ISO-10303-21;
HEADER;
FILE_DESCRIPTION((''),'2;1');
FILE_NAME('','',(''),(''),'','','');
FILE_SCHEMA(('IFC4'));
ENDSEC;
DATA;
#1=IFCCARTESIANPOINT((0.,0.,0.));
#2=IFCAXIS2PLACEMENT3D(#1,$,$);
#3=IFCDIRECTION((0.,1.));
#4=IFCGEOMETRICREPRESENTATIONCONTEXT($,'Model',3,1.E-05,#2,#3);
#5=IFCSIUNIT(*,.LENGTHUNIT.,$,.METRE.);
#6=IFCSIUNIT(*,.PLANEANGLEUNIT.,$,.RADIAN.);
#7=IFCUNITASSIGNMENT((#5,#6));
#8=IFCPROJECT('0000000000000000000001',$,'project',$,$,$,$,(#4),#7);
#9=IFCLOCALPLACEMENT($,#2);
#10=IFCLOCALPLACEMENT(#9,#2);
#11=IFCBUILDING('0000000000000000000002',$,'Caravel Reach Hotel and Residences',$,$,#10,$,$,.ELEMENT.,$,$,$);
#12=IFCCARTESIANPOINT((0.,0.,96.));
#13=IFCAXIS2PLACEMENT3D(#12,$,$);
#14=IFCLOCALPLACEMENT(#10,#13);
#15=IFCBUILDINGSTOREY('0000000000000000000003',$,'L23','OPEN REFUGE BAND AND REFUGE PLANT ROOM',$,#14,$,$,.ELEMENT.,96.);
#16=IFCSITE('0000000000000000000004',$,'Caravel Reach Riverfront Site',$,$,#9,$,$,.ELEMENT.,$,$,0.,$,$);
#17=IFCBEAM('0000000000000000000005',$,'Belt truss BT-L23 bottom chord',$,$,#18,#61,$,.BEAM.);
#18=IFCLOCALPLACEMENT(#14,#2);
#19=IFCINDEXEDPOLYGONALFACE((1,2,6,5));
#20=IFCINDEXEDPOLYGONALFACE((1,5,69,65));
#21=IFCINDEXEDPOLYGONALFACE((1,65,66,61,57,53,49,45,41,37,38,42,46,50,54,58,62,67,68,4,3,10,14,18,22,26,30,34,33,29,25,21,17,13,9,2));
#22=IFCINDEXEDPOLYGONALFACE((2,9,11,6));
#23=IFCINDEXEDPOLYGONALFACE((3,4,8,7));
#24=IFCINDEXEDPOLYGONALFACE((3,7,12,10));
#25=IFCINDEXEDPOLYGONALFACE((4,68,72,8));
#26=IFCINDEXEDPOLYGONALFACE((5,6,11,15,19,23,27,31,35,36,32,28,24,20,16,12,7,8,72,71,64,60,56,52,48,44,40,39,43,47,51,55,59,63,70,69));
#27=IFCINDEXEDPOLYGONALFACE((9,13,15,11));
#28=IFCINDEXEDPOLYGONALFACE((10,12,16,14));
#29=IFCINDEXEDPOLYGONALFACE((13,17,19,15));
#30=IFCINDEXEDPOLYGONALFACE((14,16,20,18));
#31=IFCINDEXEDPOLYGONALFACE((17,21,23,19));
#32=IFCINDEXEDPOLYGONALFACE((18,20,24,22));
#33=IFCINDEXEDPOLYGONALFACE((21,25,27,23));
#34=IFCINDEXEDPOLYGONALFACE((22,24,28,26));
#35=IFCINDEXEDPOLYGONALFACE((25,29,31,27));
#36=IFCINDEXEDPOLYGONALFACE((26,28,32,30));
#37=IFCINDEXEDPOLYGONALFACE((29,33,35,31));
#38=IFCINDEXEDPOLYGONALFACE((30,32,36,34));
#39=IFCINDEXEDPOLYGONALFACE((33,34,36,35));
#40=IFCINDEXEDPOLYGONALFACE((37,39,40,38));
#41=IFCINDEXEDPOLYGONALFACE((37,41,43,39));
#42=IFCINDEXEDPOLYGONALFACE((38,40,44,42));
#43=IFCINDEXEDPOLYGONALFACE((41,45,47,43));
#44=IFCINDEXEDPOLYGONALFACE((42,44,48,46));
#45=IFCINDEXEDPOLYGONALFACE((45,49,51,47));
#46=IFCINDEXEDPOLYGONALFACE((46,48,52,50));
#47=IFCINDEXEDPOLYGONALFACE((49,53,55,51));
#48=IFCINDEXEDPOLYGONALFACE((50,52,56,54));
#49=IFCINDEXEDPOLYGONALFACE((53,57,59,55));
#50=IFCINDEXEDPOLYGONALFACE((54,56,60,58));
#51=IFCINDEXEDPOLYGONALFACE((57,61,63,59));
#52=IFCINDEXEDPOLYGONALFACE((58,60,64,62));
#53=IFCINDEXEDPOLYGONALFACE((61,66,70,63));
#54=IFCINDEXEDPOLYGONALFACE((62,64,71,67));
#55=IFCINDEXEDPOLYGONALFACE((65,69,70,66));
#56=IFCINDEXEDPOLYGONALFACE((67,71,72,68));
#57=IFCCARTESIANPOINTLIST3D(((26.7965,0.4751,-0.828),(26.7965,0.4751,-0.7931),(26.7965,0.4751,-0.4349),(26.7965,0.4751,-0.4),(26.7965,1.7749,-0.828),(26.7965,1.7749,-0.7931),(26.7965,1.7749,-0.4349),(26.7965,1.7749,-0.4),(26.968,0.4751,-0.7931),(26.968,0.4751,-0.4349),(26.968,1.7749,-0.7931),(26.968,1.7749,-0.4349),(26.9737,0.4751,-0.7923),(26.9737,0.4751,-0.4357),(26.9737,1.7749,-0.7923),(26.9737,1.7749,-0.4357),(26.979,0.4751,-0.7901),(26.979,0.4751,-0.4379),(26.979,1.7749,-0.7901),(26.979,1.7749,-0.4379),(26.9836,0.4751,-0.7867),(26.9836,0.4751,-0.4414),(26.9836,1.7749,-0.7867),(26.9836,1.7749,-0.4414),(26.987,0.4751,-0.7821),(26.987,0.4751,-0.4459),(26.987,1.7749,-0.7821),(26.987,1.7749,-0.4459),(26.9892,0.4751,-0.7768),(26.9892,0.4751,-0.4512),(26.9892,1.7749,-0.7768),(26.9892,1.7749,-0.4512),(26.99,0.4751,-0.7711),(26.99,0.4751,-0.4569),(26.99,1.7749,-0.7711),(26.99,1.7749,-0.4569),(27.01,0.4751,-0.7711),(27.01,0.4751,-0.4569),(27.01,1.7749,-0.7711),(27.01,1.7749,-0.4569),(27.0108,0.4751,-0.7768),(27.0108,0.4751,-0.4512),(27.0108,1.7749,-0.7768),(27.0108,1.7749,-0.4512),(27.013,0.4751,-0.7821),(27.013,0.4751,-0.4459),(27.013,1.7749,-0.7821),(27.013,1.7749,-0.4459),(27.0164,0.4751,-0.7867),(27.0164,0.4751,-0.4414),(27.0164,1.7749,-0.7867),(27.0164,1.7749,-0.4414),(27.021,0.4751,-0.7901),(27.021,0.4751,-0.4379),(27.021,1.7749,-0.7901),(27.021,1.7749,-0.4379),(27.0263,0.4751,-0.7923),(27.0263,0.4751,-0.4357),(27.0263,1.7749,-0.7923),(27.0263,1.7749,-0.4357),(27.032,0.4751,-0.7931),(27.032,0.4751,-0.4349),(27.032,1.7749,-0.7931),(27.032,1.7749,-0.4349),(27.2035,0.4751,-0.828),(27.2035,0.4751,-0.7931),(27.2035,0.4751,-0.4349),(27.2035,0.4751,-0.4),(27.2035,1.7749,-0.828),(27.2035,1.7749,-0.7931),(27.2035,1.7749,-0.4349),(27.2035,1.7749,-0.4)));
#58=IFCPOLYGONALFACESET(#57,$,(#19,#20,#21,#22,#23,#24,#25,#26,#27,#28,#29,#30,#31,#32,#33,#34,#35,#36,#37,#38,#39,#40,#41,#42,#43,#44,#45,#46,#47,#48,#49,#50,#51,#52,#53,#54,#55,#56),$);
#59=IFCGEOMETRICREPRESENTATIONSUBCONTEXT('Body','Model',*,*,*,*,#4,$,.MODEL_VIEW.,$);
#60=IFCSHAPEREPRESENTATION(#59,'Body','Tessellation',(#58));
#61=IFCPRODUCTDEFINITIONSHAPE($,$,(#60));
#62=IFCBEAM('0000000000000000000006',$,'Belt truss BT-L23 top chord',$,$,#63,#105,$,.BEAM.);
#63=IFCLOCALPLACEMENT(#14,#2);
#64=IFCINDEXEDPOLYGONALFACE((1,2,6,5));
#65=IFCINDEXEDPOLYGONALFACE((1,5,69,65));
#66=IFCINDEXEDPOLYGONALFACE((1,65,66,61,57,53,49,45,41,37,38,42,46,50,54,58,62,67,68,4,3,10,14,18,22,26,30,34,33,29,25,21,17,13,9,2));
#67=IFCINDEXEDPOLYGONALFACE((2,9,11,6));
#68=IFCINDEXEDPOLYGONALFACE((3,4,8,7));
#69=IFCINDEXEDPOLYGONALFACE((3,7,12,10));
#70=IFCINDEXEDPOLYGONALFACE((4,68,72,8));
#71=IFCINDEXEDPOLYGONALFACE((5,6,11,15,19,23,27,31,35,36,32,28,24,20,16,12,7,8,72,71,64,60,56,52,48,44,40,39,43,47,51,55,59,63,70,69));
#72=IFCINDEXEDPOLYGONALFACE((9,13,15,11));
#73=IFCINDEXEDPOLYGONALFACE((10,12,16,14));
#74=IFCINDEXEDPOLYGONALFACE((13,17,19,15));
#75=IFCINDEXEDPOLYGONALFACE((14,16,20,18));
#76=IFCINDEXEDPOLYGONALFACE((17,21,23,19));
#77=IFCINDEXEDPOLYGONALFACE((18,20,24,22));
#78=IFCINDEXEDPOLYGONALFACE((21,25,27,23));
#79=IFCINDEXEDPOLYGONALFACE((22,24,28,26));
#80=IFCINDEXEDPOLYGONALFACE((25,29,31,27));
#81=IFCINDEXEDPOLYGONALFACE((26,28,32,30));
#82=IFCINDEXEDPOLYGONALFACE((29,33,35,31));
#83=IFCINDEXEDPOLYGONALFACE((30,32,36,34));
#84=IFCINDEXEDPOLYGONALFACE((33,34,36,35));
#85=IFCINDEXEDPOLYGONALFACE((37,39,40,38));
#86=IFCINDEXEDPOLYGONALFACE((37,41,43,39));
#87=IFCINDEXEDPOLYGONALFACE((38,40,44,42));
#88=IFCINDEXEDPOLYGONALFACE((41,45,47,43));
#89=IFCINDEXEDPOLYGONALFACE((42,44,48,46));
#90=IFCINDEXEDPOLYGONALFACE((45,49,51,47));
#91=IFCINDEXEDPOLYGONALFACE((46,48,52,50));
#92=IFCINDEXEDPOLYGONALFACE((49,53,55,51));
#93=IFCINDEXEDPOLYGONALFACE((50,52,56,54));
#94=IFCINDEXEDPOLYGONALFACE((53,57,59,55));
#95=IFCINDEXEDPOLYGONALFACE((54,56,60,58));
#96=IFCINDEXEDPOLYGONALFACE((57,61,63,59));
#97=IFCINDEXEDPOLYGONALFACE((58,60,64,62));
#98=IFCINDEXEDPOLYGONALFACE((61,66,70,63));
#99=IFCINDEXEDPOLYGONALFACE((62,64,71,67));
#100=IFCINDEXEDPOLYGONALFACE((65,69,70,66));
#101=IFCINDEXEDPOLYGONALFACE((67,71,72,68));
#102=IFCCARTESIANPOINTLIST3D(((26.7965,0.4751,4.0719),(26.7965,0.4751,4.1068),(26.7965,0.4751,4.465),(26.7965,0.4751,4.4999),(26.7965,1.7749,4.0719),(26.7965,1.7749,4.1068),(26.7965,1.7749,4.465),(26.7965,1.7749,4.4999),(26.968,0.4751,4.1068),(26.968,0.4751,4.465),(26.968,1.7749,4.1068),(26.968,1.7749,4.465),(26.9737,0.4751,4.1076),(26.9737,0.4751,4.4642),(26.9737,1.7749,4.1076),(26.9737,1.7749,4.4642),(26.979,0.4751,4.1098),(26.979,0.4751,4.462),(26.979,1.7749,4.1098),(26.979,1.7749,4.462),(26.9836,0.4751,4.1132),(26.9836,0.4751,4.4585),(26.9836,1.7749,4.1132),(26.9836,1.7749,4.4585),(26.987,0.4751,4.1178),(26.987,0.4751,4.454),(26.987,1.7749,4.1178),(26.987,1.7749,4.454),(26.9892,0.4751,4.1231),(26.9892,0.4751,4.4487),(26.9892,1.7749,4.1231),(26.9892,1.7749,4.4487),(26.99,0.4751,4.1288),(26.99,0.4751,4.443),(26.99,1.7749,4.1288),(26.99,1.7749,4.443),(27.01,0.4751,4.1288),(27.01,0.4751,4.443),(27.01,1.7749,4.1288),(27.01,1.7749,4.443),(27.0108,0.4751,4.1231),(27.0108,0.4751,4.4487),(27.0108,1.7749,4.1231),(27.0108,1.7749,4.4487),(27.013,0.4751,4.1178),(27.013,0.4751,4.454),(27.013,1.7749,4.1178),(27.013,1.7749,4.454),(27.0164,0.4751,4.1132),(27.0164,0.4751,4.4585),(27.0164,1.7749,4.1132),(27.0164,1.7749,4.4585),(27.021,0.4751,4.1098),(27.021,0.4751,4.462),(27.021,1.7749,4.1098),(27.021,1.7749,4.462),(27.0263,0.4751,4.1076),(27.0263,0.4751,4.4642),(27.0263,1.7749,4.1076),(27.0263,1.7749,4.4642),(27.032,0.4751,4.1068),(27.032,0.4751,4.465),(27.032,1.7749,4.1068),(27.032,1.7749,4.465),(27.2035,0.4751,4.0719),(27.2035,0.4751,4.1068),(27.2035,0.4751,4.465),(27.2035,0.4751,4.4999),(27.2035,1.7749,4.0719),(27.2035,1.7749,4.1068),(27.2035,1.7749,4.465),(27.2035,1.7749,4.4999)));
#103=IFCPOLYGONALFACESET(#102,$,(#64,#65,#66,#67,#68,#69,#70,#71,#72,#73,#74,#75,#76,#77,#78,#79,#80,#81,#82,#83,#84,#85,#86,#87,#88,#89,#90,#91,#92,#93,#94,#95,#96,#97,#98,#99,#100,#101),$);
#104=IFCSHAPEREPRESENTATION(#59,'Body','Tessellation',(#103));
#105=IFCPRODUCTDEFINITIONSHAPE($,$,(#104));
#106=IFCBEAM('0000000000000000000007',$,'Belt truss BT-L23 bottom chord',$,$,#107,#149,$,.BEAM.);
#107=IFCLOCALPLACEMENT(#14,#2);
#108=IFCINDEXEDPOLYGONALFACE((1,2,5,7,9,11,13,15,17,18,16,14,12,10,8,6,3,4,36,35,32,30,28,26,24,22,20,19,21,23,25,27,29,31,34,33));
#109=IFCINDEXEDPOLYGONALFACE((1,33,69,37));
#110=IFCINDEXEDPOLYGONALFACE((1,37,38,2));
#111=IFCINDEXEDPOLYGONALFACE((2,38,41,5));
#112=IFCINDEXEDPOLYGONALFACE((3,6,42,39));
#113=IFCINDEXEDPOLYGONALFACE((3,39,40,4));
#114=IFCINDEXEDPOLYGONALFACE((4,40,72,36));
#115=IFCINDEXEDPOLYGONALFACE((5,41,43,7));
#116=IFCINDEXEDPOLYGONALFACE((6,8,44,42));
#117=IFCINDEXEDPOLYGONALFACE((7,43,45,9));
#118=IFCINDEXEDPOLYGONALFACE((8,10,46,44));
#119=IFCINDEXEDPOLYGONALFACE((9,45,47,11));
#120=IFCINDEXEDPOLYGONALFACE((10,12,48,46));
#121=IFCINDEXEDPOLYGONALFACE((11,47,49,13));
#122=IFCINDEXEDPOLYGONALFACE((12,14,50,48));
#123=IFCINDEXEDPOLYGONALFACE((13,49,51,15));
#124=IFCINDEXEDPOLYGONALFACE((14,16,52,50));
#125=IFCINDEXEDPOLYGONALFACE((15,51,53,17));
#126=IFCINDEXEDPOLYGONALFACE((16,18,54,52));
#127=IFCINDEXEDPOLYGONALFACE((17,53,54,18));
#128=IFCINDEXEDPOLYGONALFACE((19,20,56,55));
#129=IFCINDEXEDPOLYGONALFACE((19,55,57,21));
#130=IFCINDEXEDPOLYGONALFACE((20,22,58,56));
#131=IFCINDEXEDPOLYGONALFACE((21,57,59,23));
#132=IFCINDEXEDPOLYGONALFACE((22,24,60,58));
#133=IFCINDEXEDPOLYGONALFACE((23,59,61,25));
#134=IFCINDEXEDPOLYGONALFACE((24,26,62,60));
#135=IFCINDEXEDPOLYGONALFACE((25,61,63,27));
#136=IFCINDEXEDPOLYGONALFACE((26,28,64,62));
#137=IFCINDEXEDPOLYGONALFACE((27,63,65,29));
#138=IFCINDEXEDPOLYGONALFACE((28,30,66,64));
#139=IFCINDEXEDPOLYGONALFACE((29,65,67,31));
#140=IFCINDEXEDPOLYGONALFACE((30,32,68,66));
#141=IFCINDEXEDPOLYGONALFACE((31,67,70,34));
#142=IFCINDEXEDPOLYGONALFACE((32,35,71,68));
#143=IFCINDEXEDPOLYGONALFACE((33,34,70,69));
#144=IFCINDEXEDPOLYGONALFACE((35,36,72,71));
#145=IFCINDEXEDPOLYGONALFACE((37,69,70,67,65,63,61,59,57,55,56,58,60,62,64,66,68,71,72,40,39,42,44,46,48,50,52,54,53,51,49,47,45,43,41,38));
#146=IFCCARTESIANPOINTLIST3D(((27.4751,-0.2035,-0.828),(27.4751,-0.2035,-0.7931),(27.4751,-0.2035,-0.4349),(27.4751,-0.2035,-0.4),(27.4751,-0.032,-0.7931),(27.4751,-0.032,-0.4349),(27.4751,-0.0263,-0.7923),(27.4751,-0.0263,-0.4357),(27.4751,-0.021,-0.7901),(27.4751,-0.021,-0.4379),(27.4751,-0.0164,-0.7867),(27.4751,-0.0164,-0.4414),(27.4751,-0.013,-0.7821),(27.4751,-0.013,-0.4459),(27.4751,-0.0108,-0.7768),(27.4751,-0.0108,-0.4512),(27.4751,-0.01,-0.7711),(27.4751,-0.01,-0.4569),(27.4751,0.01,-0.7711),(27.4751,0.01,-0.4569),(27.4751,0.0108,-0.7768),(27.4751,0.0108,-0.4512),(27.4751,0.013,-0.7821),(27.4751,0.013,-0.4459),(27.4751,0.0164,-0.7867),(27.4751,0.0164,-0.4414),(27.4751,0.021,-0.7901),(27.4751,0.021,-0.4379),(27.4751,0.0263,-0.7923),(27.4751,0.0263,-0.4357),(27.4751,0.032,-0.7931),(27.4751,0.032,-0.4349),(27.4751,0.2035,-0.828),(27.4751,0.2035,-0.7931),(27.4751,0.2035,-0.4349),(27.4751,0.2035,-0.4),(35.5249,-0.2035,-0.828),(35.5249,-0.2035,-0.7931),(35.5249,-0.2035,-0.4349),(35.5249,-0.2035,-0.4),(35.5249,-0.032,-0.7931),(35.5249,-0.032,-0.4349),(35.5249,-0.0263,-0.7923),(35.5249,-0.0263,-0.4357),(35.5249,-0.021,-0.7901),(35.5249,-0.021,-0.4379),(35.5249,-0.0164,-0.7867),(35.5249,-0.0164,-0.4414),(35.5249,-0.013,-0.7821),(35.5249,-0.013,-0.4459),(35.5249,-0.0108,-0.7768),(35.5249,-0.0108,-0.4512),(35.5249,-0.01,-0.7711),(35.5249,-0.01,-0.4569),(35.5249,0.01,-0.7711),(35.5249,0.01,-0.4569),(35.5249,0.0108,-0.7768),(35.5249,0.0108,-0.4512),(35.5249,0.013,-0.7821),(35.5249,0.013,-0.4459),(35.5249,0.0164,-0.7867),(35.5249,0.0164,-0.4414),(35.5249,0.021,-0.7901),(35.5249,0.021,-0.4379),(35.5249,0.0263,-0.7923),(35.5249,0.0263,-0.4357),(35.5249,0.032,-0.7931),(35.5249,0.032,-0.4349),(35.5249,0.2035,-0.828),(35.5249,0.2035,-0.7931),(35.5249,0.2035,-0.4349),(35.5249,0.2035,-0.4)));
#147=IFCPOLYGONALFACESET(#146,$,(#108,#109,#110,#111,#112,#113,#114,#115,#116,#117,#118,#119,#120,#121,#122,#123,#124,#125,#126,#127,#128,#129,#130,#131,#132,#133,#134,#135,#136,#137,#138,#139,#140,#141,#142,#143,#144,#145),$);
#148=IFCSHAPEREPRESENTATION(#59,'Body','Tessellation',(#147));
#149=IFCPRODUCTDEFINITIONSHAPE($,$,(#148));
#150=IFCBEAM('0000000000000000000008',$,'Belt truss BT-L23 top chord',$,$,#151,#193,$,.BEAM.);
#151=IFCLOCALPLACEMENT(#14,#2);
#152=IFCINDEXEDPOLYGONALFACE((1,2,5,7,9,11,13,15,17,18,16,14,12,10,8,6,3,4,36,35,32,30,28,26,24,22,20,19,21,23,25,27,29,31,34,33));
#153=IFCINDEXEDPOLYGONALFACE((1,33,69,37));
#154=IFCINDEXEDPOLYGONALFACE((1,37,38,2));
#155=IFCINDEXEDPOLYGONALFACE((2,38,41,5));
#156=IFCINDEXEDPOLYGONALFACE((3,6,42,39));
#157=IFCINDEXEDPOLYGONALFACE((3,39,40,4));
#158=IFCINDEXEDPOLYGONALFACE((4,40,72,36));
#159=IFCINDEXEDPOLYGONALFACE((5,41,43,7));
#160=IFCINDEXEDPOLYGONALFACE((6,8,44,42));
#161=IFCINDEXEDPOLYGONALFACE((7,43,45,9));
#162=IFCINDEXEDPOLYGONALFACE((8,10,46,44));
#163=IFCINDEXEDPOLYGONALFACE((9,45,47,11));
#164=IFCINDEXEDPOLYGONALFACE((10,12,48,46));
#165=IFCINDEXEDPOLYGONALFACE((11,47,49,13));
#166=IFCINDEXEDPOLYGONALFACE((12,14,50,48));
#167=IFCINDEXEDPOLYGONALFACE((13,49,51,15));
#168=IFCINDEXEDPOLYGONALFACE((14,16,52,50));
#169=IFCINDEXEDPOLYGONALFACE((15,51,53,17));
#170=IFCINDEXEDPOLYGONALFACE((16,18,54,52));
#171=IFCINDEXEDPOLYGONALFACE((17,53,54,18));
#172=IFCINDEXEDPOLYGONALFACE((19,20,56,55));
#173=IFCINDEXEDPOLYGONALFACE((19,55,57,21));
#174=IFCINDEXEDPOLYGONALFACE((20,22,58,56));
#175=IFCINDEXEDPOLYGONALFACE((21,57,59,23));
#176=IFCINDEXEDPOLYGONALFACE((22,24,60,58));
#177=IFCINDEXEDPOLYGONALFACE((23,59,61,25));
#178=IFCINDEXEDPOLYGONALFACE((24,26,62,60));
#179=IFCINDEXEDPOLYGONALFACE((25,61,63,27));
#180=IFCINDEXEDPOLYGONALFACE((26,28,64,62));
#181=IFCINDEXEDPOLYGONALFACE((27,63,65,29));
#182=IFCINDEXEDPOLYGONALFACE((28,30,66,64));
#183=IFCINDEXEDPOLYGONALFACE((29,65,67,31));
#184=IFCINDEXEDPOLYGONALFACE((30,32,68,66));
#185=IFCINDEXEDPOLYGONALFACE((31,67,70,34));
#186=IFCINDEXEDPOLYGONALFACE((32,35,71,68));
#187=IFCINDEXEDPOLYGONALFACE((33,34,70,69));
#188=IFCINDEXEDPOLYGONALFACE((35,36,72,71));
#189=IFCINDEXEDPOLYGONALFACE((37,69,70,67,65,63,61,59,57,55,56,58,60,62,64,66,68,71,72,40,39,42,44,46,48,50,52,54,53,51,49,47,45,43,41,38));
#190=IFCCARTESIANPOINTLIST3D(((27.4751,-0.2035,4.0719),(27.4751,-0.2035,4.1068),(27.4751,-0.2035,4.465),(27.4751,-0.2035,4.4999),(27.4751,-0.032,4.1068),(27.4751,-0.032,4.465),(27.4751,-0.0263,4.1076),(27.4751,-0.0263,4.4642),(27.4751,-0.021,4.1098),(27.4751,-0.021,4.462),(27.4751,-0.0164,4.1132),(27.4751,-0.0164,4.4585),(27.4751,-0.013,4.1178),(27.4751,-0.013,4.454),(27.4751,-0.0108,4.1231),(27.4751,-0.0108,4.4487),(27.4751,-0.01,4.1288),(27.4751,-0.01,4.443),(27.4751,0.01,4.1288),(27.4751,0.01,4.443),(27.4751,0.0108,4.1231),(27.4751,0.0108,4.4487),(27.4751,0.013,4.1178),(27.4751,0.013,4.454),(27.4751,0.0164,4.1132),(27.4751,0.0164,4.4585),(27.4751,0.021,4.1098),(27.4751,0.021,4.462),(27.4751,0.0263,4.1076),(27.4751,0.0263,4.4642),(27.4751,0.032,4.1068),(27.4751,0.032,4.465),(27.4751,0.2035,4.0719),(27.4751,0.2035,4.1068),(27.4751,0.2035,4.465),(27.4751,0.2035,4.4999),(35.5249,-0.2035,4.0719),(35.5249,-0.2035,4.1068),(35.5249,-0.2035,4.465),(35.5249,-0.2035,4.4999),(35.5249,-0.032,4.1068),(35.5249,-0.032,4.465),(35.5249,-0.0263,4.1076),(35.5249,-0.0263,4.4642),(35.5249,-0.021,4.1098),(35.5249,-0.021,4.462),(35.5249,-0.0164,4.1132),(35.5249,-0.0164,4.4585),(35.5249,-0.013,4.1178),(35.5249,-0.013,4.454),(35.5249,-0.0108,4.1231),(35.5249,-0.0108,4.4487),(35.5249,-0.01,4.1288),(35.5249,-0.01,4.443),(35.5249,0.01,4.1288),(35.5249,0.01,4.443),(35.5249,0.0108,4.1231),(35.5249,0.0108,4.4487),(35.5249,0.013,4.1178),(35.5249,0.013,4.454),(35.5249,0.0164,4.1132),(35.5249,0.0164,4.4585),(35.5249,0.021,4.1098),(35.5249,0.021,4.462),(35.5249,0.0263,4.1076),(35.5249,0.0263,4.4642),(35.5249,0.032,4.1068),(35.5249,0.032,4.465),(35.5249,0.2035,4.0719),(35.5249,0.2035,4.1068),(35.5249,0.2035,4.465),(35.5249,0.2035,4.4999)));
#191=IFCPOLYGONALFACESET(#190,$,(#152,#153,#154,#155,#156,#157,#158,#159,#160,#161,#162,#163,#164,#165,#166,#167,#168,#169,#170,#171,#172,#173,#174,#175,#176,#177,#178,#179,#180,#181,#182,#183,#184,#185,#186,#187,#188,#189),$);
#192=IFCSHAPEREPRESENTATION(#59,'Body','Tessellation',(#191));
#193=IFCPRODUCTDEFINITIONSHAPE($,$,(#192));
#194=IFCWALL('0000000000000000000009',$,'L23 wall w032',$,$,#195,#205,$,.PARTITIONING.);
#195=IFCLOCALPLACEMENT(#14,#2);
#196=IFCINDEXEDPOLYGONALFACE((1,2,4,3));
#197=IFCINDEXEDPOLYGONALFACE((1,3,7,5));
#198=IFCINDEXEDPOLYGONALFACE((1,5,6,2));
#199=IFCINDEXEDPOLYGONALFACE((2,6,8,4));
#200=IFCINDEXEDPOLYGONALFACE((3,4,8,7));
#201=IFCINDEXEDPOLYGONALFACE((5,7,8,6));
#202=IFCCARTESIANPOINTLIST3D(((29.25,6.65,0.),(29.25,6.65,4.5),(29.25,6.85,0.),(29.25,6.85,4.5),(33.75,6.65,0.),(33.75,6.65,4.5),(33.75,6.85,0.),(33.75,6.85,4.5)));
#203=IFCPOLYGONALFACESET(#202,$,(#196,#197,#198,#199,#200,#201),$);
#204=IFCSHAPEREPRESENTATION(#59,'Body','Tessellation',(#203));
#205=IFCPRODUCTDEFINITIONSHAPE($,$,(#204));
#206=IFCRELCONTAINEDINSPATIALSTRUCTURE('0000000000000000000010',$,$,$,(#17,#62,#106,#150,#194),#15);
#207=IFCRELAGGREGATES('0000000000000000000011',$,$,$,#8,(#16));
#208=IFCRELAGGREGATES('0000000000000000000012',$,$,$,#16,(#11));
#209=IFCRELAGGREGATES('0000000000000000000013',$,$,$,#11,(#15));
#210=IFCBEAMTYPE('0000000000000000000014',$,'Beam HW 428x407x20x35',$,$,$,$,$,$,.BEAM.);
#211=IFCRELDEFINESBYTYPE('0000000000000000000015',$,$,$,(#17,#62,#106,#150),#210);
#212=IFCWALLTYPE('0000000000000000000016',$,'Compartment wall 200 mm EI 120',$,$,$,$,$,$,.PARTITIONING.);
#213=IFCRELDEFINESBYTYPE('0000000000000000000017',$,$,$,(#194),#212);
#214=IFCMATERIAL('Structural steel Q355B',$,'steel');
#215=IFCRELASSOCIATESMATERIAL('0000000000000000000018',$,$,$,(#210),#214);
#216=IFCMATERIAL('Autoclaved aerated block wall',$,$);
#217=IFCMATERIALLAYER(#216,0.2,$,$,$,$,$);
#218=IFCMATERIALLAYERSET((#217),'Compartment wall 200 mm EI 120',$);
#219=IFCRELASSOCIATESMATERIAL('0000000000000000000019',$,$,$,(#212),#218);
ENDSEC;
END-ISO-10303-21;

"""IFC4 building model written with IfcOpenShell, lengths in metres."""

from ifc_helpers import new_model, si_unit, direction, frame, frame_2d, origin, origin_2d, place, context, subcontext, project, spatial, rectangle, i_section, extrude, material, layer, layer_set, material_profile, profile_set, type_object, element, save


model = new_model("IFC4")

# Units and contexts
model_context = context("Model", 3, precision=1e-05, world=origin(), true_north=direction((0.0, 1.0)))
body_context = subcontext(model_context, "Body", "Model", "MODEL_VIEW")
ifc_project = project(units=[si_unit("LENGTHUNIT", "METRE"), si_unit("PLANEANGLEUNIT", "RADIAN")], contexts=[model_context])

# Site, building, storey
site_placement = place(None, origin())
site = spatial("IfcSite", under=ifc_project, at=site_placement, Name="Caravel Reach Riverfront Site", CompositionType="ELEMENT", RefElevation=0.0)
building_placement = place(site_placement, origin())
building = spatial("IfcBuilding", under=site, at=building_placement, Name="Caravel Reach Hotel and Residences", CompositionType="ELEMENT")
storey_placement = place(building_placement, frame((0.0, 0.0, 96.0)))
storey = spatial("IfcBuildingStorey", under=building, at=storey_placement, Name="L23", Description="OPEN REFUGE BAND AND REFUGE PLANT ROOM", CompositionType="ELEMENT", Elevation=96.0)

# Beams
ifc_material_1 = material(Name="Structural steel Q355B", Category="steel")
ifc_material_profile_1 = material_profile(ifc_material_1, i_section(OverallWidth=0.407, OverallDepth=0.428, WebThickness=0.02, FlangeThickness=0.0349, FilletRadius=0.022, at=origin_2d()), Name="HW 428x407x20x35")
ifc_profile_set_1 = profile_set([ifc_material_profile_1], Name="Structural steel Q355B")
beam_type = type_object("IfcBeamType", Name="Beam HW 428x407x20x35", PredefinedType="BEAM", material=ifc_profile_set_1)
for number, where, z_axis, x_axis, name in (
    (1, (27.0, 1.7749, -0.614), (0.0, -1.0, 0.0), (1.0, 0.0, 0.0), "Belt truss BT-L23 bottom chord"),
    (2, (27.0, 1.7749, 4.2859), (0.0, -1.0, 0.0), (1.0, 0.0, 0.0), "Belt truss BT-L23 top chord"),
):
    element("IfcBeam", number, at=place(storey_placement, frame(where, z_axis=z_axis, x_axis=x_axis)), inside=storey, type_object=beam_type, Name=name, PredefinedType="BEAM", context=body_context, shape_type="SweptSolid", body=[
        extrude(i_section(OverallWidth=0.407, OverallDepth=0.428, WebThickness=0.02, FlangeThickness=0.0349, FilletRadius=0.022, at=origin_2d()), origin(), (0.0, 0.0, 1.0), 1.2998),
    ])
for number, where, z_axis, x_axis, name in (
    (3, (27.4751, 0.0, -0.614), (1.0, 0.0, 0.0), (0.0, 1.0, 0.0), "Belt truss BT-L23 bottom chord"),
    (4, (27.4751, 0.0, 4.2859), (1.0, 0.0, 0.0), (0.0, 1.0, 0.0), "Belt truss BT-L23 top chord"),
):
    element("IfcBeam", number, at=place(storey_placement, frame(where, z_axis=z_axis, x_axis=x_axis)), inside=storey, type_object=beam_type, Name=name, PredefinedType="BEAM", context=body_context, shape_type="SweptSolid", body=[
        extrude(i_section(OverallWidth=0.407, OverallDepth=0.428, WebThickness=0.02, FlangeThickness=0.0349, FilletRadius=0.022, at=origin_2d()), origin(), (0.0, 0.0, 1.0), 8.0498),
    ])

# Wall
ifc_material_2 = material(Name="Autoclaved aerated block wall")
ifc_layer = layer(ifc_material_2, 0.2)
ifc_layer_set = layer_set([ifc_layer], Name="Compartment wall 200 mm EI 120")
wall_type = type_object("IfcWallType", Name="Compartment wall 200 mm EI 120", PredefinedType="PARTITIONING", material=ifc_layer_set)
wall_1_placement = place(storey_placement, frame((29.25, 6.75, 0.0), z_axis=(0.0, 0.0, 1.0), x_axis=(1.0, 0.0, 0.0)))
element("IfcWall", 5, at=wall_1_placement, inside=storey, type_object=wall_type, Name="L23 wall w032", PredefinedType="PARTITIONING", context=body_context, shape_type="SweptSolid", body=[
    extrude(rectangle(XDim=4.5, YDim=0.2, at=frame_2d((2.25, 0.0))), origin(), (0.0, 0.0, 1.0), 4.5),
])

save(model, "model.ifc")
